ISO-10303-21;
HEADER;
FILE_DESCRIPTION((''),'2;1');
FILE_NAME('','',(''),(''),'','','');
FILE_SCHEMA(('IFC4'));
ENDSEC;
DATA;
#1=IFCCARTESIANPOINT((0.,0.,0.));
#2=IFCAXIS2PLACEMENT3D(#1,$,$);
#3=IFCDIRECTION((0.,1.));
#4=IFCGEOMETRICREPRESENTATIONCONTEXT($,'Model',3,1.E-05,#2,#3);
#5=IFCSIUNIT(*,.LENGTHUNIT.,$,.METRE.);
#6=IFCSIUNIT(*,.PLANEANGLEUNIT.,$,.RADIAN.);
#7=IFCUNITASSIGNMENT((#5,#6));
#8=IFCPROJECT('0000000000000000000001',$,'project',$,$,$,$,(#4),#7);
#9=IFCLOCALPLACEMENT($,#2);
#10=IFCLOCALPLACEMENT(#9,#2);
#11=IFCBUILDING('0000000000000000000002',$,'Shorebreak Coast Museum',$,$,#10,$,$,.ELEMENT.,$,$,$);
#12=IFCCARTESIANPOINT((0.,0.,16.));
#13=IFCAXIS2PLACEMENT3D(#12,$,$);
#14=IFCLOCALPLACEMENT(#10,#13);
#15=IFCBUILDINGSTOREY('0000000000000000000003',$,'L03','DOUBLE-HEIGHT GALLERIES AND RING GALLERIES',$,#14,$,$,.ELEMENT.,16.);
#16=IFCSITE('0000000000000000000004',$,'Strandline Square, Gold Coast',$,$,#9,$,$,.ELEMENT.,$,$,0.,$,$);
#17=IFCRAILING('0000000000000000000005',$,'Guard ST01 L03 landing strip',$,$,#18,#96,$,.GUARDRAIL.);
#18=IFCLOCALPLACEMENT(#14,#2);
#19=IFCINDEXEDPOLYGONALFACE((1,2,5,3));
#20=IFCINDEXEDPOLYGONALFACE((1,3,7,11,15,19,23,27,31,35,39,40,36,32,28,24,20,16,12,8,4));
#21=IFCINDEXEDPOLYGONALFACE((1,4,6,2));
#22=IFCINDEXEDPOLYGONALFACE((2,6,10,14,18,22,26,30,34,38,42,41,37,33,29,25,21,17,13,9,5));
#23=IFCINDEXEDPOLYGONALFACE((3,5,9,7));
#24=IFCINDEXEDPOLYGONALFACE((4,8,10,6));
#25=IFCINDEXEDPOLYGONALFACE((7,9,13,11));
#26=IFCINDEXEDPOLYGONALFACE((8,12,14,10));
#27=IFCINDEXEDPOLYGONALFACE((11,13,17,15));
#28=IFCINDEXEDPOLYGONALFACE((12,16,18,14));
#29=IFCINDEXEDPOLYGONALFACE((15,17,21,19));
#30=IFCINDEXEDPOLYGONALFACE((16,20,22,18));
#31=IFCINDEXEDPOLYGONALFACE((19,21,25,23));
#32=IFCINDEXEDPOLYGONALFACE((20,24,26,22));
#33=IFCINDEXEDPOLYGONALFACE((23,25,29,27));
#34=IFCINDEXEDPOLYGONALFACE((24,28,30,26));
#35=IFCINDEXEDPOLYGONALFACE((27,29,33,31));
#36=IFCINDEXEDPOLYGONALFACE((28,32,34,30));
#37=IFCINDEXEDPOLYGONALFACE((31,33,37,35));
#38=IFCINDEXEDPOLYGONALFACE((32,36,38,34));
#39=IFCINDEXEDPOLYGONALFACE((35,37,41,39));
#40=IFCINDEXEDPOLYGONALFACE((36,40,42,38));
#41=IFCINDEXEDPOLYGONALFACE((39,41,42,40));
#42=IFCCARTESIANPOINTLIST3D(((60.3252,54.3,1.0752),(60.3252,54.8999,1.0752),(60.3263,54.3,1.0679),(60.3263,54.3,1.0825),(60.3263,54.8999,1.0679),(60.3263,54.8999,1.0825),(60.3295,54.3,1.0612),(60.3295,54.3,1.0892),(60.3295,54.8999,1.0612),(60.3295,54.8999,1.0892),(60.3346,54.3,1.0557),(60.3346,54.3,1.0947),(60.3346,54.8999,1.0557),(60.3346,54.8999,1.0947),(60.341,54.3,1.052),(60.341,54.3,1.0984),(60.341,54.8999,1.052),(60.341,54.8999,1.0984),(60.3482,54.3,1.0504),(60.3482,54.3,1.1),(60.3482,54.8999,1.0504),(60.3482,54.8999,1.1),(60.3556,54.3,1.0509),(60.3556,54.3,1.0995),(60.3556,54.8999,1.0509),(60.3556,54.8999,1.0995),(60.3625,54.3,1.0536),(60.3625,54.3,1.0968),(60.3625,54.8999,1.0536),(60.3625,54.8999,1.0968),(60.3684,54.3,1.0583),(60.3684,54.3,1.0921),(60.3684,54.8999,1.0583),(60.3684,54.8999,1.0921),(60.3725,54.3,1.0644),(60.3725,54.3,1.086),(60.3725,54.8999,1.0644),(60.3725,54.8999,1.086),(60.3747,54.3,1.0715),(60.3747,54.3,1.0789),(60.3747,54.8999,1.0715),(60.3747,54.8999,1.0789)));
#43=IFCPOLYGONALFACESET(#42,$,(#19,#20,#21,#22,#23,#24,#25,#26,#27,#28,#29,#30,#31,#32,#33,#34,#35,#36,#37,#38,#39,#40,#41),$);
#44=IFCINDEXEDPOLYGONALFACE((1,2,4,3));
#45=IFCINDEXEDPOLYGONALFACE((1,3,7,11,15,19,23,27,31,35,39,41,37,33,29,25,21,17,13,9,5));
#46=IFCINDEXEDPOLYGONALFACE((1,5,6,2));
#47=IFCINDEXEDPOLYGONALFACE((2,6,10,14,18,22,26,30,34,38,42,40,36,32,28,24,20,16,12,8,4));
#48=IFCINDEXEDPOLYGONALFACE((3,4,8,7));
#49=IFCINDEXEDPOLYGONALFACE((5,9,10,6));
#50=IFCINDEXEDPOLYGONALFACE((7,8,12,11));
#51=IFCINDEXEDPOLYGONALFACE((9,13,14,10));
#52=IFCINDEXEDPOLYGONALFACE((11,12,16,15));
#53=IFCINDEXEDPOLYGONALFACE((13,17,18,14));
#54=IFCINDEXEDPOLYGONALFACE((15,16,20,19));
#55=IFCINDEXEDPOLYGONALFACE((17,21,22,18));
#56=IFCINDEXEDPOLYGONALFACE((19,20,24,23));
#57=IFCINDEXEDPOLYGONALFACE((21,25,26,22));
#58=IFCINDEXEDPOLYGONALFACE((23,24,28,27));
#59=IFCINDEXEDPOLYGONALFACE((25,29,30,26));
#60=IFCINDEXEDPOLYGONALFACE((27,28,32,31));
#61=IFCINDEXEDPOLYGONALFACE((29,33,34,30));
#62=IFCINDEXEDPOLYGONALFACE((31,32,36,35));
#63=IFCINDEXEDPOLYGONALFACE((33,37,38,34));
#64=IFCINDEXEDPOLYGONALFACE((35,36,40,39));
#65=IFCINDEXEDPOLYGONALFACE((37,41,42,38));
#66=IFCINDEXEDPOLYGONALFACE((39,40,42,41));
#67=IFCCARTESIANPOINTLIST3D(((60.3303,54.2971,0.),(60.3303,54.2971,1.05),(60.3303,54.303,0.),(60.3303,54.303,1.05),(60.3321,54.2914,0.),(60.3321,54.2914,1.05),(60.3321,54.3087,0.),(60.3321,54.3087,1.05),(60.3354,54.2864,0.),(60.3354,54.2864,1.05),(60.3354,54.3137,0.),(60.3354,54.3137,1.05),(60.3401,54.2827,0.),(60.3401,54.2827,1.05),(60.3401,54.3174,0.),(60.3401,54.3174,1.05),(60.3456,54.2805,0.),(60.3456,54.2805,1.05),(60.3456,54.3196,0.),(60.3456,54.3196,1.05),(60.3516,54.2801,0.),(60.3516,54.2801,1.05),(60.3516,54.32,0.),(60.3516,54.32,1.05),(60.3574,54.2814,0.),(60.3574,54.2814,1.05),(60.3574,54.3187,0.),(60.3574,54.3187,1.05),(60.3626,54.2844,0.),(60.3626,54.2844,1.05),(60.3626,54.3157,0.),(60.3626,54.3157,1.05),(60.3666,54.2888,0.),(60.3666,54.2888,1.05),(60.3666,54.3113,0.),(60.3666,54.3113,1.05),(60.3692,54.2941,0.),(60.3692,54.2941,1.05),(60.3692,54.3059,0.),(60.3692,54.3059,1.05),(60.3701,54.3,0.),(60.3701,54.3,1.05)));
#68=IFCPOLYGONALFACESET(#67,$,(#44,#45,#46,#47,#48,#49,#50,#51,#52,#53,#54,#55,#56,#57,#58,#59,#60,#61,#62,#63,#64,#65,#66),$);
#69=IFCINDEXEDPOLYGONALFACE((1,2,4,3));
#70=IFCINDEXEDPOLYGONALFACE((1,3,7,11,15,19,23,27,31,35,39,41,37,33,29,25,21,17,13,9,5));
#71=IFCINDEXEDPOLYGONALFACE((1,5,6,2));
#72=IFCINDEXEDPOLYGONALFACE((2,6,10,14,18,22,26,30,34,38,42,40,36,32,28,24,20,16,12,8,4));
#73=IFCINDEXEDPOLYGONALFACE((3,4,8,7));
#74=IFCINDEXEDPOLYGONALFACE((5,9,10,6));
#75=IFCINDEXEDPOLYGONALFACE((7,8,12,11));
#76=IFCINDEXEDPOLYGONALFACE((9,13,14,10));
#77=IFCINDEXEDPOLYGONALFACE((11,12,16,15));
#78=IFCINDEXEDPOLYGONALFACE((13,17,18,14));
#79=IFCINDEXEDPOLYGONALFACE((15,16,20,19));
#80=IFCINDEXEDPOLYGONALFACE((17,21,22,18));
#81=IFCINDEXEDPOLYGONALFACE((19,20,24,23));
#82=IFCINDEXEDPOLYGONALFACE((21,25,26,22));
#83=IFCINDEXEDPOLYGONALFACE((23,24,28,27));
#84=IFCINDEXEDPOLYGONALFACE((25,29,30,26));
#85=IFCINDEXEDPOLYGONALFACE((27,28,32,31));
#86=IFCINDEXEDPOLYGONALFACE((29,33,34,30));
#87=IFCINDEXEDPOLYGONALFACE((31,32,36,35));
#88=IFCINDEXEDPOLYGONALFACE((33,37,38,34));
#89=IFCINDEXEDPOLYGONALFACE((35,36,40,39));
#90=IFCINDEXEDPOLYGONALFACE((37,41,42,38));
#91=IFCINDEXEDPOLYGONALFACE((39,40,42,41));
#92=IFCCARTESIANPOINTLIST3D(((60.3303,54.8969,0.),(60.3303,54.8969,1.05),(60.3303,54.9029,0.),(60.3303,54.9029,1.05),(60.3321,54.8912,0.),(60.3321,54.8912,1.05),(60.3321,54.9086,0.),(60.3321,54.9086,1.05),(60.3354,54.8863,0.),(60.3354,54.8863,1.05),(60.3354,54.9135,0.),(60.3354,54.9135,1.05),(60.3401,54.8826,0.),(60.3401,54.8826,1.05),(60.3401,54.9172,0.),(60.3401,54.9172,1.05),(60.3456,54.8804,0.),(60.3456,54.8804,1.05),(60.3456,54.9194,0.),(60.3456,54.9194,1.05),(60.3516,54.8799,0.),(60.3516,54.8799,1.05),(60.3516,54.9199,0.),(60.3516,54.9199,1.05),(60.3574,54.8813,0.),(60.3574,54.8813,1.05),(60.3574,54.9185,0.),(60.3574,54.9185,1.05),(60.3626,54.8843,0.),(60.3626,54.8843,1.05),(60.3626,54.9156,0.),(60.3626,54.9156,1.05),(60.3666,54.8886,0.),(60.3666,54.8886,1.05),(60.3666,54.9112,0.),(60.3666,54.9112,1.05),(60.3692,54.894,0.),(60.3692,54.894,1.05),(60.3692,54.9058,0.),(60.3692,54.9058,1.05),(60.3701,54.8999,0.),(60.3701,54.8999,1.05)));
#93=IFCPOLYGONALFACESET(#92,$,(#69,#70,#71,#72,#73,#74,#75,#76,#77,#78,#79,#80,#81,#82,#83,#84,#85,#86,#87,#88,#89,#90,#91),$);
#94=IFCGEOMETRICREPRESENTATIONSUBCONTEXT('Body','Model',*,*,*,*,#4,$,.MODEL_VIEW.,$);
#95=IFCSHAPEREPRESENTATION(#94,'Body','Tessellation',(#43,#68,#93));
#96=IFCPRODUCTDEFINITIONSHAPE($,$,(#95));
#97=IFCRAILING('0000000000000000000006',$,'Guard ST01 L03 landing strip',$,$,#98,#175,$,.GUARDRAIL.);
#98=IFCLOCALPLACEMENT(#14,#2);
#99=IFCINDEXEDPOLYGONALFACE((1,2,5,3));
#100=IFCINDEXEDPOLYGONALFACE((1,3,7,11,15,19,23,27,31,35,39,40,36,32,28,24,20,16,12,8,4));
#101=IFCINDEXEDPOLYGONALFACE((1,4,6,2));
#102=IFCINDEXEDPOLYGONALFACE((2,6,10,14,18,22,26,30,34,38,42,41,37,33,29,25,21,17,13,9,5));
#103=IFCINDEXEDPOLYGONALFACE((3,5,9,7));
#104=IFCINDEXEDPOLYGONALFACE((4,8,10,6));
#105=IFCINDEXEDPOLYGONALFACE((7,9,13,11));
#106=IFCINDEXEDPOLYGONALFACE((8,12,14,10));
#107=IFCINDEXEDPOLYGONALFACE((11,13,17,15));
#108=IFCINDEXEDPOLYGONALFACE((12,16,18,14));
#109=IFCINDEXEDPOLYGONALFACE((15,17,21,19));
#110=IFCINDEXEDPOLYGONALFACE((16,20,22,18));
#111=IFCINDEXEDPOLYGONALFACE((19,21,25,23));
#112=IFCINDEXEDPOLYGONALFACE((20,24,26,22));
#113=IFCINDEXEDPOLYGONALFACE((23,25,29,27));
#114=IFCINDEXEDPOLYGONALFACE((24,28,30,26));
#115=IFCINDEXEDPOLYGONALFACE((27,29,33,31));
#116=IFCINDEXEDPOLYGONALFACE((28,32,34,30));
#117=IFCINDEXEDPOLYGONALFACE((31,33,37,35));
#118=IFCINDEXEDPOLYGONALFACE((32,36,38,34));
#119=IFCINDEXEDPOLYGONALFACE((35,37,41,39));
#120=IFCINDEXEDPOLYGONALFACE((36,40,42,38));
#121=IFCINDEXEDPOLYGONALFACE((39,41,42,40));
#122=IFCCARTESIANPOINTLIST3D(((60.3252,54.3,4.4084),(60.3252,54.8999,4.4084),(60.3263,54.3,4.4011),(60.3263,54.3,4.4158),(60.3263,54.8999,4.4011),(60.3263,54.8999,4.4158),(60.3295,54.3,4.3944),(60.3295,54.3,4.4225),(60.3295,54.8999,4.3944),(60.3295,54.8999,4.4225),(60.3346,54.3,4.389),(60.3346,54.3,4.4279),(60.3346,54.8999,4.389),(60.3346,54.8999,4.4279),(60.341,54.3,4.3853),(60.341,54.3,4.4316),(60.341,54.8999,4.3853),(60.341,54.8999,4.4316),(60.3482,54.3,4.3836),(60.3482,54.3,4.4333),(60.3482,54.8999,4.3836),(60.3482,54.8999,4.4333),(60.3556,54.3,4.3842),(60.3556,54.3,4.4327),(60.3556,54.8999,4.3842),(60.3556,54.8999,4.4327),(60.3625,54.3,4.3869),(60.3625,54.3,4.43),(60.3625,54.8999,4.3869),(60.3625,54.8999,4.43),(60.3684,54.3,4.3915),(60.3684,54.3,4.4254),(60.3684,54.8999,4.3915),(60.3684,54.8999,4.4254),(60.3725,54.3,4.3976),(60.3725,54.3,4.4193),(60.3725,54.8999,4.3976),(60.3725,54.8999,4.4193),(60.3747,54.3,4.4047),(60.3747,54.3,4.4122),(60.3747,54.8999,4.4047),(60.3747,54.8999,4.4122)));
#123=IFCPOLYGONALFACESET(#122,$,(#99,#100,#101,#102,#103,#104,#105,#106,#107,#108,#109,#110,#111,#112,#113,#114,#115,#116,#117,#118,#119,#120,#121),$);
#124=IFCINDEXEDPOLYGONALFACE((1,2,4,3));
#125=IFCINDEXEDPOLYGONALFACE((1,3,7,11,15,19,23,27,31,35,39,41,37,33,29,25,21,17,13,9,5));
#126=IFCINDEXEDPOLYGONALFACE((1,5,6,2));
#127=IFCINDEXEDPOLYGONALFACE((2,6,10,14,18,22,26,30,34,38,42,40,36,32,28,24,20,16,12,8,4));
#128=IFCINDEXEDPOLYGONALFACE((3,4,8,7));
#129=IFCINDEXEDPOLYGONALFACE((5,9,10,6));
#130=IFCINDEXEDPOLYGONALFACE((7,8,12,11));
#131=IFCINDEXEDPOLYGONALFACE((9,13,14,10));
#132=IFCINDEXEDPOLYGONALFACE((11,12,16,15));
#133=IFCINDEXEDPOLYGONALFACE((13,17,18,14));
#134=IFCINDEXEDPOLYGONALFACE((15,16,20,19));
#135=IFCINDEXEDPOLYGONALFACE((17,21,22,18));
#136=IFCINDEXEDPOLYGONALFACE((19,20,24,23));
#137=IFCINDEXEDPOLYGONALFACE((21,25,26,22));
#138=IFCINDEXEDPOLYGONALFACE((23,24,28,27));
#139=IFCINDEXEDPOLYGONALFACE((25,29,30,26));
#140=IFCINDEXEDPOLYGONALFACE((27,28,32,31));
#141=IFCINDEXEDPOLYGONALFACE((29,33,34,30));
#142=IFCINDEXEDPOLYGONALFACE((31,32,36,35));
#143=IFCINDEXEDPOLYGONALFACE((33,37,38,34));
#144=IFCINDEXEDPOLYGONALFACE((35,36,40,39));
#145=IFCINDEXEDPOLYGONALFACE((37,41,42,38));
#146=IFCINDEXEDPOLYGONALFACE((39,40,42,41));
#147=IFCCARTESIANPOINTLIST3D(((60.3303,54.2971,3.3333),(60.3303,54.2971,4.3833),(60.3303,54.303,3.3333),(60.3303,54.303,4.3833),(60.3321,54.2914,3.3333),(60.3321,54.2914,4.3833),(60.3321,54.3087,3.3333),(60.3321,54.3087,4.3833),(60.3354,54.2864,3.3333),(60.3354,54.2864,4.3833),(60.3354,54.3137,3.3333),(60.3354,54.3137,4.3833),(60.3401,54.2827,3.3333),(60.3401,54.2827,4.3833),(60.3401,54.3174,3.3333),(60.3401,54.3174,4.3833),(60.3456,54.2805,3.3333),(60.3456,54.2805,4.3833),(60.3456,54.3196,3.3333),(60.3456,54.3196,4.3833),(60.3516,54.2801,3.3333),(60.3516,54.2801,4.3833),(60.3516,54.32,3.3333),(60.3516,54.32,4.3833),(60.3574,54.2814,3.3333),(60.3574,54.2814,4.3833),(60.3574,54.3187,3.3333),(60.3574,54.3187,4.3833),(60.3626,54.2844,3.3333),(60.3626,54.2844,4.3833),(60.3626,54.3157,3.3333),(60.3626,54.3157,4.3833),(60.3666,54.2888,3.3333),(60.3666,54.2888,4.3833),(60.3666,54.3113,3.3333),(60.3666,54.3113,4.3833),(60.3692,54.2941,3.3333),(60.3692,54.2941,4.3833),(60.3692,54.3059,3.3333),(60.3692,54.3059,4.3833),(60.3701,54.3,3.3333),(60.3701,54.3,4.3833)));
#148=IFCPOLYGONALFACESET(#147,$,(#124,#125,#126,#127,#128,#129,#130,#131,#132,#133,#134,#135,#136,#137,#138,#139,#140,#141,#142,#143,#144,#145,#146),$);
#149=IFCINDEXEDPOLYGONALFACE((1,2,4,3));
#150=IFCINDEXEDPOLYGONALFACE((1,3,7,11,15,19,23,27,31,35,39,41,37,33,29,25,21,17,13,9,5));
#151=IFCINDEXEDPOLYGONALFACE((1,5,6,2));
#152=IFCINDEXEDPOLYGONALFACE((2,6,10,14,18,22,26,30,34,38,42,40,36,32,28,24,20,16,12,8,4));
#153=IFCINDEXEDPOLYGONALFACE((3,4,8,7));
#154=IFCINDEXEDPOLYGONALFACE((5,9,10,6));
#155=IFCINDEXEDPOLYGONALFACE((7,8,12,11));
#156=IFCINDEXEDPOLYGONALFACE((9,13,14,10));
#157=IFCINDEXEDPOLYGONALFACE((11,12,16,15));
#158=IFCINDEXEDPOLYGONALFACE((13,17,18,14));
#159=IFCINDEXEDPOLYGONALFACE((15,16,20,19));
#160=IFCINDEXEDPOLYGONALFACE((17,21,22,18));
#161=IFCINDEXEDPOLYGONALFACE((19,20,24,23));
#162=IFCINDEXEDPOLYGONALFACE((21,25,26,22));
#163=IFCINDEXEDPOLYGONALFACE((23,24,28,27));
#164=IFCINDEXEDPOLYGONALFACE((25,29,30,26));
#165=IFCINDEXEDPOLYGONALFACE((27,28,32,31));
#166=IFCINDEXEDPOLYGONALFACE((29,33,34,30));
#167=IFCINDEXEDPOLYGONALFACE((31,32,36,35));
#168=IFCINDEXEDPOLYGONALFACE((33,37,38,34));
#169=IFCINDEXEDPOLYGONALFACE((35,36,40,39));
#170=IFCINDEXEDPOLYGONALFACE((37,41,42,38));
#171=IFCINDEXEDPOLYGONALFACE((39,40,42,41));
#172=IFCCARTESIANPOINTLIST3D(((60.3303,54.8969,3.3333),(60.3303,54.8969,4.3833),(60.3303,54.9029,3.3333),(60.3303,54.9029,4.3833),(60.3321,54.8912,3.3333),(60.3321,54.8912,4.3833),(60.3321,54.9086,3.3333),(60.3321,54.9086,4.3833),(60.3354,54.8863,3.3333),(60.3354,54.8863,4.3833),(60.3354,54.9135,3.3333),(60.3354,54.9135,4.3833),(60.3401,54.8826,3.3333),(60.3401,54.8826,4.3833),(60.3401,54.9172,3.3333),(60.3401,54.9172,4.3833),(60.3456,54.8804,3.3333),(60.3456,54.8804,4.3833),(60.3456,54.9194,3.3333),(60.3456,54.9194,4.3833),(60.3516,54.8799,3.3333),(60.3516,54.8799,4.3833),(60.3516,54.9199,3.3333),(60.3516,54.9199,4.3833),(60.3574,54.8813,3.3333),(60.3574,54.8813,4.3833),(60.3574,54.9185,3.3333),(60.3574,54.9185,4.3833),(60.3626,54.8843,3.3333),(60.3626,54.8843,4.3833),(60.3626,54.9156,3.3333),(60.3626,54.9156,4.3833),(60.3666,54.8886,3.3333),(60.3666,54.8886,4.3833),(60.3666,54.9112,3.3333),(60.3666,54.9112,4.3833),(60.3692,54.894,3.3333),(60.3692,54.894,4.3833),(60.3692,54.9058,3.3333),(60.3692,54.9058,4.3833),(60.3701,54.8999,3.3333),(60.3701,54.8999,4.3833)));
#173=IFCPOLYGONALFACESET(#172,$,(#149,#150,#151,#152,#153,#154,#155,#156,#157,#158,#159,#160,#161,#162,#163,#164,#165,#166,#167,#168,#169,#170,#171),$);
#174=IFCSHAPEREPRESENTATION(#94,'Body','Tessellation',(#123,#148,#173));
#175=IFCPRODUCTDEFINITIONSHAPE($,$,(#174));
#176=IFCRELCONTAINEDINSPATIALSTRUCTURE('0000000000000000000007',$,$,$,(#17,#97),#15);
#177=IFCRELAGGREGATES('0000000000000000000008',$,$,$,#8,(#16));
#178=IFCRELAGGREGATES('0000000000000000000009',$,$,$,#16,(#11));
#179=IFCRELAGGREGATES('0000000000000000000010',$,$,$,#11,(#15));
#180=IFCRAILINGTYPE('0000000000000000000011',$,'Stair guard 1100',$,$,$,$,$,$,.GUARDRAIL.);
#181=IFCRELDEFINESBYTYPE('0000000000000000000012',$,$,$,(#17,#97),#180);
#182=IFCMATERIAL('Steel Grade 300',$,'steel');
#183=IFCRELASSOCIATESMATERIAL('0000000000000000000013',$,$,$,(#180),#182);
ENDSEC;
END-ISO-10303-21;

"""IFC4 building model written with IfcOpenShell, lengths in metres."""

from ifc_helpers import new_model, si_unit, direction, frame, origin, origin_2d, place, context, subcontext, project, spatial, circle, extrude, material, type_object, element, save


model = new_model("IFC4")

# Units and contexts
model_context = context("Model", 3, precision=1e-05, world=origin(), true_north=direction((0.0, 1.0)))
body_context = subcontext(model_context, "Body", "Model", "MODEL_VIEW")
ifc_project = project(units=[si_unit("LENGTHUNIT", "METRE"), si_unit("PLANEANGLEUNIT", "RADIAN")], contexts=[model_context])

# Site, building, storey
site_placement = place(None, origin())
site = spatial("IfcSite", under=ifc_project, at=site_placement, Name="Strandline Square, Gold Coast", CompositionType="ELEMENT", RefElevation=0.0)
building_placement = place(site_placement, origin())
building = spatial("IfcBuilding", under=site, at=building_placement, Name="Shorebreak Coast Museum", CompositionType="ELEMENT")
storey_placement = place(building_placement, frame((0.0, 0.0, 16.0)))
storey = spatial("IfcBuildingStorey", under=building, at=storey_placement, Name="L03", Description="DOUBLE-HEIGHT GALLERIES AND RING GALLERIES", CompositionType="ELEMENT", Elevation=16.0)

# Railings
ifc_material_1 = material(Name="Steel Grade 300", Category="steel")
railing_type_1 = type_object("IfcRailingType", Name="Stair guard 1100", PredefinedType="GUARDRAIL", material=ifc_material_1)
for number, where, name in (
    (1, (60.3501, 54.3, 0.0), "Guard ST01 L03 landing strip"),
    (2, (60.3501, 54.3, 3.3333), "Guard ST01 L03 landing strip"),
):
    element("IfcRailing", number, at=place(storey_placement, frame(where)), inside=storey, type_object=railing_type_1, Name=name, PredefinedType="GUARDRAIL", context=body_context, shape_type="SweptSolid", body=[
        extrude(circle(Radius=0.0249, at=origin_2d()), frame((0.0, 0.0, 1.0752), z_axis=(0.0, 1.0, 0.0), x_axis=(-1.0, 0.0, 0.0)), (0.0, 0.0, 1.0), 0.5999),
        extrude(circle(Radius=0.02, at=origin_2d()), origin(), (0.0, 0.0, 1.0), 1.05),
        extrude(circle(Radius=0.02, at=origin_2d()), frame((0.0, 0.5999, 0.0)), (0.0, 0.0, 1.0), 1.05),
    ])

save(model, "model.ifc")
